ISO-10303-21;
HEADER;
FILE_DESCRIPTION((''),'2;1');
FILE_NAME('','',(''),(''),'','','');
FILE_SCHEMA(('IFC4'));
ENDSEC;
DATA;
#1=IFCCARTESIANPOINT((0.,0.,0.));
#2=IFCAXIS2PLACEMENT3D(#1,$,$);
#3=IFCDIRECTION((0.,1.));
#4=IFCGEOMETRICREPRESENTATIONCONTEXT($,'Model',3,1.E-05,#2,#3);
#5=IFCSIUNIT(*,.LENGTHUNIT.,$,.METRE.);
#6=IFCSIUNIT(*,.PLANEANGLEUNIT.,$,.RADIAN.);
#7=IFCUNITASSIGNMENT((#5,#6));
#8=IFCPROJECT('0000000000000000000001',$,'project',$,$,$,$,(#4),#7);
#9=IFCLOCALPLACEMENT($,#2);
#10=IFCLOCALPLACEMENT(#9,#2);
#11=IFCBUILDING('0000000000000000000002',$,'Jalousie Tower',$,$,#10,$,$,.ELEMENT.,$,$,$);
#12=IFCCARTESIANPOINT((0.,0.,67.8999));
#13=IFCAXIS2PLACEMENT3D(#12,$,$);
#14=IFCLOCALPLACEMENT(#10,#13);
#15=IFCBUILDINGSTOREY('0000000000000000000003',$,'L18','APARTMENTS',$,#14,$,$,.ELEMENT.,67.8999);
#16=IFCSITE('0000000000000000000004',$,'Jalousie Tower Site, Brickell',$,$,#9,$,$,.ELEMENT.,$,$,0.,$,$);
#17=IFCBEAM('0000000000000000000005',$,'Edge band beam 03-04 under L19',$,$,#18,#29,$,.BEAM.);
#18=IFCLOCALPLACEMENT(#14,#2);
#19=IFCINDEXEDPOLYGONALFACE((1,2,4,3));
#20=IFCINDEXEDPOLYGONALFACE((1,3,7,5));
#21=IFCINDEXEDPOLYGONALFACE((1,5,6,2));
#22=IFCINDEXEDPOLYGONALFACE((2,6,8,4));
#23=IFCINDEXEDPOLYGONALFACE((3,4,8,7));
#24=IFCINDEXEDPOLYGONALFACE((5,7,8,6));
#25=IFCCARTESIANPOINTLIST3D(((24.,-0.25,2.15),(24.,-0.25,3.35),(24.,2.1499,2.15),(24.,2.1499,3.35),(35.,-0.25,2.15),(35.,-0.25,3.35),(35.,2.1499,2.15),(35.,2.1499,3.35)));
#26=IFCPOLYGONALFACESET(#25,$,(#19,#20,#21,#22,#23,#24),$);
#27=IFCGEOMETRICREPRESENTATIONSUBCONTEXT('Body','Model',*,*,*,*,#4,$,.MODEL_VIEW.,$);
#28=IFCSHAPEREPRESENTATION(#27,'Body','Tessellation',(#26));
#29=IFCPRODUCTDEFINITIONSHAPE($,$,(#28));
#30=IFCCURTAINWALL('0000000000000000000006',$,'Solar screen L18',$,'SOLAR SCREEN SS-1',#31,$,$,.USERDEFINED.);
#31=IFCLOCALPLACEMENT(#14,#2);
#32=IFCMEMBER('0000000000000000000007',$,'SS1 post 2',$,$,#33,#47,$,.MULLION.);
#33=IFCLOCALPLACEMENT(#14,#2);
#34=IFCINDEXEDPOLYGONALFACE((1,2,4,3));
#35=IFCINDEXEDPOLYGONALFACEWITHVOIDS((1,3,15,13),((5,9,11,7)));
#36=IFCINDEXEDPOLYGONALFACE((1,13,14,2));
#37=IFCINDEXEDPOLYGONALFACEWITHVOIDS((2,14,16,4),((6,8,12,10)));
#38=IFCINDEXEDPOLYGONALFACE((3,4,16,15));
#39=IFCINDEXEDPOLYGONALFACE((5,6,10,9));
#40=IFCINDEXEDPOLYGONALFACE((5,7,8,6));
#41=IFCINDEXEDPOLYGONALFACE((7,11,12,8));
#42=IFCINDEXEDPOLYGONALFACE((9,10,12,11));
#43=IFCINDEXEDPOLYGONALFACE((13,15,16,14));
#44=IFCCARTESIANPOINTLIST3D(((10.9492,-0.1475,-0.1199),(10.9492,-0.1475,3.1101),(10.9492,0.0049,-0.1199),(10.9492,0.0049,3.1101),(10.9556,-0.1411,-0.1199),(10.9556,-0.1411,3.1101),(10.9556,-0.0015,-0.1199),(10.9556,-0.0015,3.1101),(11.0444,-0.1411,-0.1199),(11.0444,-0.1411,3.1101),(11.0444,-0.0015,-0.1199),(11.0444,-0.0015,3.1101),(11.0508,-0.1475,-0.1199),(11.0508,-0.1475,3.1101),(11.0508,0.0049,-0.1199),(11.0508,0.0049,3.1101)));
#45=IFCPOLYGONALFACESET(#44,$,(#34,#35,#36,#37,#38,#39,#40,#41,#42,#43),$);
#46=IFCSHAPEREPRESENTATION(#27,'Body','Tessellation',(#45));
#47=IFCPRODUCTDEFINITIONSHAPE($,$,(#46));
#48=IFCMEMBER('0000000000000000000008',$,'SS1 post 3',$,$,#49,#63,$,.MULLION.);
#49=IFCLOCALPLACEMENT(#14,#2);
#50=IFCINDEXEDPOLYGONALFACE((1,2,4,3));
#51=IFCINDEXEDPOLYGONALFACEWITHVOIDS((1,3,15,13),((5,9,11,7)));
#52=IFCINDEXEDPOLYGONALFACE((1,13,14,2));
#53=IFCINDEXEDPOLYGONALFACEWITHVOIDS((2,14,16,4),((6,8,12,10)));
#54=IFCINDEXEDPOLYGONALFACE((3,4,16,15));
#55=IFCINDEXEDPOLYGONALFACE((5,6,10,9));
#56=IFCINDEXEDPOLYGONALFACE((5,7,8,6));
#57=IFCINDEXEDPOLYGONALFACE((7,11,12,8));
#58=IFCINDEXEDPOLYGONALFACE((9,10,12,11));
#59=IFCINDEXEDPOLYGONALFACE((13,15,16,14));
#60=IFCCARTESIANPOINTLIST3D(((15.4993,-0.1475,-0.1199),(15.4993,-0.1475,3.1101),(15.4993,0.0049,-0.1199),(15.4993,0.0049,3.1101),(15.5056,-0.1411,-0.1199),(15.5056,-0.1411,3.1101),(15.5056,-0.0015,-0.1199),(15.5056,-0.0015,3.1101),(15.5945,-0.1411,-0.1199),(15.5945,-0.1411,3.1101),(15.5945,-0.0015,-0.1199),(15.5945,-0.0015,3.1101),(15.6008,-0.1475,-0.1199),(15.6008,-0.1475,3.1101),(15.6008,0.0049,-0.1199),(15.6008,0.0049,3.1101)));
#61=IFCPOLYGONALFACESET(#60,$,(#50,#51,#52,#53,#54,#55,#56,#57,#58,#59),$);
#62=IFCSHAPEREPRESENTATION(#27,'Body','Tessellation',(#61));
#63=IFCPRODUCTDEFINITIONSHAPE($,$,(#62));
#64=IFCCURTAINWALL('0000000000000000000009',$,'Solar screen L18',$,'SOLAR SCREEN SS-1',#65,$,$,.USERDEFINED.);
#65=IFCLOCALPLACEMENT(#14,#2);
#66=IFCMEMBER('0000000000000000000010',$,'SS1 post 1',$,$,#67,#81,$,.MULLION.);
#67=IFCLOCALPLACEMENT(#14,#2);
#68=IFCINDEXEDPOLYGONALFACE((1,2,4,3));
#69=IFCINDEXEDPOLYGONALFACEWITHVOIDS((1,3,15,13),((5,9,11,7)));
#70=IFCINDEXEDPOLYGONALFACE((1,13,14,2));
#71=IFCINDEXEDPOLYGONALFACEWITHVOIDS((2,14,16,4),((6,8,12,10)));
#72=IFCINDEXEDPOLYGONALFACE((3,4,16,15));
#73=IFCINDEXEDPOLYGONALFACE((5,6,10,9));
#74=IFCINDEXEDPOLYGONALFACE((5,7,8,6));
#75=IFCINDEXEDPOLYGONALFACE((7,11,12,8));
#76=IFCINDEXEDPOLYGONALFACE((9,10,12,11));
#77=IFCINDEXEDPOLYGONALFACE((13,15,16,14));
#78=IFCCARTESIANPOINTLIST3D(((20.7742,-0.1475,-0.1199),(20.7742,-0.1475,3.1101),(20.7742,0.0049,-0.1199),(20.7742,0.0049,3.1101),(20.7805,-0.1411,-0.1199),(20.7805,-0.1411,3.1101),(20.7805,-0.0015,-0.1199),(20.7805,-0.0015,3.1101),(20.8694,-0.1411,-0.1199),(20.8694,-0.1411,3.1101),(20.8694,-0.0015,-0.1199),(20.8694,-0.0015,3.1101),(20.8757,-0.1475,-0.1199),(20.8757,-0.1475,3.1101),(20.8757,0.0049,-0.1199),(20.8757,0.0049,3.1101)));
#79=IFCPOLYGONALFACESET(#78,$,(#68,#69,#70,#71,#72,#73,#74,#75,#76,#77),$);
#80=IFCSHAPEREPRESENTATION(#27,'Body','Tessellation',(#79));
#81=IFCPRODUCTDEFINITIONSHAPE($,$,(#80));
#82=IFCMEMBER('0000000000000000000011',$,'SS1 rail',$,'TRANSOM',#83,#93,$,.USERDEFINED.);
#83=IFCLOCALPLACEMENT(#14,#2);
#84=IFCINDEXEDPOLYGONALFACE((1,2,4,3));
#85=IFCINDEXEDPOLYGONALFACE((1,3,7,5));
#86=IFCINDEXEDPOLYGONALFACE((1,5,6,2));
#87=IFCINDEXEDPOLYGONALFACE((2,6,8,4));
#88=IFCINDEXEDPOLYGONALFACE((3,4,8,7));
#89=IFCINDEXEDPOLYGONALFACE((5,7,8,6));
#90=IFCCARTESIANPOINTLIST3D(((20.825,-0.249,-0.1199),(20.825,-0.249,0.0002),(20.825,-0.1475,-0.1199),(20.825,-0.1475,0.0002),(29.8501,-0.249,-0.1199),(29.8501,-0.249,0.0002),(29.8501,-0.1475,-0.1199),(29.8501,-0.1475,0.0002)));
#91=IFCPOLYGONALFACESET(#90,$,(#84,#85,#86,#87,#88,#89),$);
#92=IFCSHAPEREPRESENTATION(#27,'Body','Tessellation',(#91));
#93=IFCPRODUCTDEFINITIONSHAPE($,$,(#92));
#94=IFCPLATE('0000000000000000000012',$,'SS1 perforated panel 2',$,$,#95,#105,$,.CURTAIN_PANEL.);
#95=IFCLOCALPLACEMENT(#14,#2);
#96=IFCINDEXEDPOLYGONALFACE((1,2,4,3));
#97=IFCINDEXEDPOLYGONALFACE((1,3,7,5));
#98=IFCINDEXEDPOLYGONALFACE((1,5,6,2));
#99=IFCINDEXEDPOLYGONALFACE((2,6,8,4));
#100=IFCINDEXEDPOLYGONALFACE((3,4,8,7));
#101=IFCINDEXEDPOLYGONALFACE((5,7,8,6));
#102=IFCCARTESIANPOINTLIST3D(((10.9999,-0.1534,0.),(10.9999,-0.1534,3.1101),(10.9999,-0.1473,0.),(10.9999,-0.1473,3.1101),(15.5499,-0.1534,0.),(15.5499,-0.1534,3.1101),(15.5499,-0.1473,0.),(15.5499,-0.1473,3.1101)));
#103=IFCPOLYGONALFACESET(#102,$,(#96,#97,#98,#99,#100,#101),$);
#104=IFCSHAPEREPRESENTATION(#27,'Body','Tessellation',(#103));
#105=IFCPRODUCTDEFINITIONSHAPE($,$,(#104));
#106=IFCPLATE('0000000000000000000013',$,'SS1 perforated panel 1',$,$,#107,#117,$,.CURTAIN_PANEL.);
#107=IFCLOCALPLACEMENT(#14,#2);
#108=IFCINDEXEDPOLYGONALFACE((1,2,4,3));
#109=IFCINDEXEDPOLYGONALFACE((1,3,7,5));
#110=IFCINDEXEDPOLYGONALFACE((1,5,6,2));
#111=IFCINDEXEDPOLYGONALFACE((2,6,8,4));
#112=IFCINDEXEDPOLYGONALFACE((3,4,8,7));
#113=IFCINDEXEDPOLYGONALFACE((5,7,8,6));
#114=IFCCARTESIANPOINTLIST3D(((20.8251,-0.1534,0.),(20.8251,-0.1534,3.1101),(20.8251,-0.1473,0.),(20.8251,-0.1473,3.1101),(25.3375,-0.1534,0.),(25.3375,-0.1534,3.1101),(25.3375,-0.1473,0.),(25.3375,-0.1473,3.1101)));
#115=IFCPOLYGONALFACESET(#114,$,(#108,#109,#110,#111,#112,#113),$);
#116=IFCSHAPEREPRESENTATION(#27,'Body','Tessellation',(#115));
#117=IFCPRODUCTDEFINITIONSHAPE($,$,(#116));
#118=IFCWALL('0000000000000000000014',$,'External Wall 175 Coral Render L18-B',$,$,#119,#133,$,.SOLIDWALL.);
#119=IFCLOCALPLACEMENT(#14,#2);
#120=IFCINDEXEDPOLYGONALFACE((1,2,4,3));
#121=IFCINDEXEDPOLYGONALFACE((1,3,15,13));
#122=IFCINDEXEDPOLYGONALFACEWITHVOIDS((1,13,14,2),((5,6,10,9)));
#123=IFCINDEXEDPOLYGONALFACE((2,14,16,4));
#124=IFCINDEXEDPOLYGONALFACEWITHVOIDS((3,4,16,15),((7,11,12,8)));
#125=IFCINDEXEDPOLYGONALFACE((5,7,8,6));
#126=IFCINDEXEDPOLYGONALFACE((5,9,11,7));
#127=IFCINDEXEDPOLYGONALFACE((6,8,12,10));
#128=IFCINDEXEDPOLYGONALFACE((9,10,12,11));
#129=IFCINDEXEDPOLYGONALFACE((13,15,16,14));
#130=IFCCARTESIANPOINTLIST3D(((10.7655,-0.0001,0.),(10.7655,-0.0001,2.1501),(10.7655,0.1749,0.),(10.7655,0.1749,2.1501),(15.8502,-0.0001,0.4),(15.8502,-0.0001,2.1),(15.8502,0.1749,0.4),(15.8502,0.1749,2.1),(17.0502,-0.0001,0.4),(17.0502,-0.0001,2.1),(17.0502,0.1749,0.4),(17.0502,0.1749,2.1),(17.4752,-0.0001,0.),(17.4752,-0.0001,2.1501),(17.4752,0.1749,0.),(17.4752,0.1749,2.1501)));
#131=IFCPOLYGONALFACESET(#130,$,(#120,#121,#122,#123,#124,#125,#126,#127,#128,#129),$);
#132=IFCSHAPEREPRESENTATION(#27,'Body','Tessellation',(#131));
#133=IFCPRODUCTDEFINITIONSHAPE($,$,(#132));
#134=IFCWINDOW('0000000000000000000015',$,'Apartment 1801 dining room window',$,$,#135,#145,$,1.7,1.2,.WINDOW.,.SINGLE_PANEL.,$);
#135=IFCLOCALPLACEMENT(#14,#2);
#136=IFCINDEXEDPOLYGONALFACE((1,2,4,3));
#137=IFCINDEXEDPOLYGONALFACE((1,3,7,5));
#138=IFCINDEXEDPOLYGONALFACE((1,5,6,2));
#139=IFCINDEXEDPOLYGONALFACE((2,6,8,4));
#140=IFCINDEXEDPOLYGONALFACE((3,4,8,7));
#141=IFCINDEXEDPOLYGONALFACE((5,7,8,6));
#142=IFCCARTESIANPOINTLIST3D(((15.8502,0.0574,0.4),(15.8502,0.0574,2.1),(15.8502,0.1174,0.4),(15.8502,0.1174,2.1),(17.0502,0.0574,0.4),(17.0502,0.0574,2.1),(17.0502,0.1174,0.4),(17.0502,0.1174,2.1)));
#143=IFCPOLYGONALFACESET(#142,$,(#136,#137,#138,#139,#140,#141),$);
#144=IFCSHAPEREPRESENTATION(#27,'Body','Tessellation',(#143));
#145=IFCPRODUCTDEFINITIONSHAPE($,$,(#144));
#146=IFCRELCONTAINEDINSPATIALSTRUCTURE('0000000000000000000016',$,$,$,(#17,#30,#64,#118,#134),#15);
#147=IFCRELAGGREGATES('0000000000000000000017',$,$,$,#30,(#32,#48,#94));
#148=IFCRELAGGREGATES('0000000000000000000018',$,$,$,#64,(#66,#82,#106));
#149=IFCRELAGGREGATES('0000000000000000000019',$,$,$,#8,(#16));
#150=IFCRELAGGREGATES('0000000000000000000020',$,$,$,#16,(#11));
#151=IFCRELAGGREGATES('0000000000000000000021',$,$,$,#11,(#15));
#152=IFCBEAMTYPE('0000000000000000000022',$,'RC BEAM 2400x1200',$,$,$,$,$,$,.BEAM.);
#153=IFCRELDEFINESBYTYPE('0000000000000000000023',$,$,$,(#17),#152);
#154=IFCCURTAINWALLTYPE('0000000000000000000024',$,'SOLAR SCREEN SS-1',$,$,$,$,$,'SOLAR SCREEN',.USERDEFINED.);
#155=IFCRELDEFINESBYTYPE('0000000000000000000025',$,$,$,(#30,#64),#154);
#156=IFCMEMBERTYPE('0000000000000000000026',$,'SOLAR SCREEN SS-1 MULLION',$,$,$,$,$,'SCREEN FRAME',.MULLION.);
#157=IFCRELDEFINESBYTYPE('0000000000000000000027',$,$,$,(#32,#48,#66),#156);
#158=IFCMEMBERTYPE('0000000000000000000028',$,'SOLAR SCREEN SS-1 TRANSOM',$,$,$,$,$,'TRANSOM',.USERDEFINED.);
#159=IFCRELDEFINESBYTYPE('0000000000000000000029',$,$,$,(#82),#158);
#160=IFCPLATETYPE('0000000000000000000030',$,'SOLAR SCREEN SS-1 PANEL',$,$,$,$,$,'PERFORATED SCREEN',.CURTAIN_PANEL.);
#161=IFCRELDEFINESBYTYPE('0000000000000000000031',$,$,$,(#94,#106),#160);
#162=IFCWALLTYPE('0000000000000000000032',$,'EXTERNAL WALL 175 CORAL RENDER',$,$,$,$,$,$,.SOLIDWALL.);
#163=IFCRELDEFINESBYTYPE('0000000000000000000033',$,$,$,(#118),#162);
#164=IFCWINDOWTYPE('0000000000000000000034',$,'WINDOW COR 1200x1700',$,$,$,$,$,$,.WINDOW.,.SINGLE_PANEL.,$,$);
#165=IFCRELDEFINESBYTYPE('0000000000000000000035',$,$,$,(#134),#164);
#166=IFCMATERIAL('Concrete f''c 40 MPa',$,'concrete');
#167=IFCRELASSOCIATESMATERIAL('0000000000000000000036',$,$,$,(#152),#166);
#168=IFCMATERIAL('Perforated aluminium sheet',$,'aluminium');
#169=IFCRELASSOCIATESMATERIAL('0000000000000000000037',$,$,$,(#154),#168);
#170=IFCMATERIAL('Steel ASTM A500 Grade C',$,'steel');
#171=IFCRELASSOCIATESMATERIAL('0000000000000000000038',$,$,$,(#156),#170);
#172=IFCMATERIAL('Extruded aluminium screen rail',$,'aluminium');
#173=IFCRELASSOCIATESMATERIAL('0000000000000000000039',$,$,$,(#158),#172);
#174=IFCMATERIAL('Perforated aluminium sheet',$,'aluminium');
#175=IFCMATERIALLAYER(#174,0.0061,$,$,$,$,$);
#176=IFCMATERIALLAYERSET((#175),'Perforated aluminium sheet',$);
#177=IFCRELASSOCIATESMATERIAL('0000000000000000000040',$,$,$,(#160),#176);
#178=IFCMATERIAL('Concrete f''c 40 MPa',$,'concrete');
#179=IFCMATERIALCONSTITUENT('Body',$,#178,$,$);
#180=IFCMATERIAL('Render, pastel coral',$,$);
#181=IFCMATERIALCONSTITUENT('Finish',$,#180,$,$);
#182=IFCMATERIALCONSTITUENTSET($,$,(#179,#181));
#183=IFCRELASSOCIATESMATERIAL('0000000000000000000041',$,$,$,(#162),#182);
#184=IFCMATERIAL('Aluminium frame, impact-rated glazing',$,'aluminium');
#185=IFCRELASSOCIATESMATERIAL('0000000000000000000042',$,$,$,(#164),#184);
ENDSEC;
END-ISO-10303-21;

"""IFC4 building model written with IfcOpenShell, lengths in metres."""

from ifc_helpers import new_model, si_unit, direction, frame, frame_2d, origin, origin_2d, place, context, subcontext, project, spatial, rectangle, hollow_rectangle, extrude, material, layer, layer_set, constituent, constituent_set, material_profile, profile_set, type_object, element, fill, aggregate, save


model = new_model("IFC4")

# Units and contexts
model_context = context("Model", 3, precision=1e-05, world=origin(), true_north=direction((0.0, 1.0)))
body_context = subcontext(model_context, "Body", "Model", "MODEL_VIEW")
ifc_project = project(units=[si_unit("LENGTHUNIT", "METRE"), si_unit("PLANEANGLEUNIT", "RADIAN")], contexts=[model_context])

# Site, building, storey
site_placement = place(None, origin())
site = spatial("IfcSite", under=ifc_project, at=site_placement, Name="Jalousie Tower Site, Brickell", CompositionType="ELEMENT", RefElevation=0.0)
building_placement = place(site_placement, origin())
building = spatial("IfcBuilding", under=site, at=building_placement, Name="Jalousie Tower", CompositionType="ELEMENT")
storey_placement = place(building_placement, frame((0.0, 0.0, 67.8999)))
storey = spatial("IfcBuildingStorey", under=building, at=storey_placement, Name="L18", Description="APARTMENTS", CompositionType="ELEMENT", Elevation=67.8999)

# Beam
ifc_material_1 = material(Name="Concrete f'c 40 MPa", Category="concrete")
ifc_material_profile_1 = material_profile(ifc_material_1, rectangle(XDim=2.3999, YDim=1.2, at=origin_2d()), Name="RC 2400x1200")
ifc_profile_set_1 = profile_set([ifc_material_profile_1], Name="Concrete f'c 40 MPa")
beam_type_1 = type_object("IfcBeamType", Name="RC BEAM 2400x1200", PredefinedType="BEAM", material=ifc_profile_set_1)
for number, where, z_axis, x_axis, name in (
    (1, (24.0, 0.95, 2.75), (1.0, 0.0, 0.0), (0.0, 1.0, 0.0), "Edge band beam 03-04 under L19"),
):
    element("IfcBeam", number, at=place(storey_placement, frame(where, z_axis=z_axis, x_axis=x_axis)), inside=storey, type_object=beam_type_1, Name=name, PredefinedType="BEAM", context=body_context, shape_type="SweptSolid", body=[
        extrude(rectangle(XDim=2.3999, YDim=1.2, at=origin_2d()), origin(), (0.0, 0.0, 1.0), 11.0),
    ])

# Curtain walls, members
ifc_material_2 = material(Name="Perforated aluminium sheet", Category="aluminium")
curtain_wall_type = type_object("IfcCurtainWallType", Name="SOLAR SCREEN SS-1", ElementType="SOLAR SCREEN", PredefinedType="USERDEFINED", material=ifc_material_2)
curtain_wall_1_placement = place(storey_placement, origin())
curtain_wall_1 = element("IfcCurtainWall", 2, at=curtain_wall_1_placement, inside=storey, type_object=curtain_wall_type, Name="Solar screen L18", ObjectType="SOLAR SCREEN SS-1", PredefinedType="USERDEFINED")
ifc_material_3 = material(Name="Steel ASTM A500 Grade C", Category="steel")
ifc_material_profile_2 = material_profile(ifc_material_3, hollow_rectangle(XDim=0.1016, YDim=0.1523, WallThickness=0.0063, at=origin_2d()), Name="HSS6X4X1/4")
ifc_profile_set_2 = profile_set([ifc_material_profile_2], Name="Steel ASTM A500 Grade C")
member_type_1 = type_object("IfcMemberType", Name="SOLAR SCREEN SS-1 MULLION", ElementType="SCREEN FRAME", PredefinedType="MULLION", material=ifc_profile_set_2)
member_1_placement = place(storey_placement, frame((11.0, -0.0713, -0.1199), z_axis=(0.0, 0.0, 1.0), x_axis=(1.0, 0.0, 0.0)))
member_1 = element("IfcMember", 3, at=member_1_placement, type_object=member_type_1, Name="SS1 post 2", PredefinedType="MULLION", context=body_context, shape_type="SweptSolid", body=[
    extrude(hollow_rectangle(XDim=0.1016, YDim=0.1523, WallThickness=0.0063, at=origin_2d()), origin(), (0.0, 0.0, 1.0), 3.23),
])
member_2_placement = place(storey_placement, frame((15.55, -0.0713, -0.1199), z_axis=(0.0, 0.0, 1.0), x_axis=(1.0, 0.0, 0.0)))
member_2 = element("IfcMember", 4, at=member_2_placement, type_object=member_type_1, Name="SS1 post 3", PredefinedType="MULLION", context=body_context, shape_type="SweptSolid", body=[
    extrude(hollow_rectangle(XDim=0.1016, YDim=0.1523, WallThickness=0.0063, at=origin_2d()), origin(), (0.0, 0.0, 1.0), 3.23),
])
curtain_wall_2_placement = place(storey_placement, origin())
curtain_wall_2 = element("IfcCurtainWall", 5, at=curtain_wall_2_placement, inside=storey, type_object=curtain_wall_type, Name="Solar screen L18", ObjectType="SOLAR SCREEN SS-1", PredefinedType="USERDEFINED")
member_3_placement = place(storey_placement, frame((20.825, -0.0713, -0.1199), z_axis=(0.0, 0.0, 1.0), x_axis=(1.0, 0.0, 0.0)))
member_3 = element("IfcMember", 6, at=member_3_placement, type_object=member_type_1, Name="SS1 post 1", PredefinedType="MULLION", context=body_context, shape_type="SweptSolid", body=[
    extrude(hollow_rectangle(XDim=0.1016, YDim=0.1523, WallThickness=0.0063, at=origin_2d()), origin(), (0.0, 0.0, 1.0), 3.23),
])
ifc_material_4 = material(Name="Extruded aluminium screen rail", Category="aluminium")
ifc_material_profile_3 = material_profile(ifc_material_4, rectangle(XDim=0.1016, YDim=0.1201, at=origin_2d()), Name="RAIL 102x120")
ifc_profile_set_3 = profile_set([ifc_material_profile_3], Name="Extruded aluminium screen rail")
member_type_2 = type_object("IfcMemberType", Name="SOLAR SCREEN SS-1 TRANSOM", ElementType="TRANSOM", PredefinedType="USERDEFINED", material=ifc_profile_set_3)
member_4_placement = place(storey_placement, frame((20.825, -0.1982, -0.0598), z_axis=(1.0, 0.0, 0.0), x_axis=(0.0, 1.0, 0.0)))
member_4 = element("IfcMember", 7, at=member_4_placement, type_object=member_type_2, Name="SS1 rail", ObjectType="TRANSOM", PredefinedType="USERDEFINED", context=body_context, shape_type="SweptSolid", body=[
    extrude(rectangle(XDim=0.1016, YDim=0.1201, at=origin_2d()), origin(), (0.0, 0.0, 1.0), 9.0251),
])

# Plates
ifc_material_5 = material(Name="Perforated aluminium sheet", Category="aluminium")
ifc_layer_1 = layer(ifc_material_5, 0.0061)
ifc_layer_set_1 = layer_set([ifc_layer_1], Name="Perforated aluminium sheet")
plate_type = type_object("IfcPlateType", Name="SOLAR SCREEN SS-1 PANEL", ElementType="PERFORATED SCREEN", PredefinedType="CURTAIN_PANEL", material=ifc_layer_set_1)
plate_1_placement = place(storey_placement, frame((13.2749, -0.1504, 0.0), z_axis=(0.0, 0.0, 1.0), x_axis=(1.0, 0.0, 0.0)))
plate_1 = element("IfcPlate", 8, at=plate_1_placement, type_object=plate_type, Name="SS1 perforated panel 2", PredefinedType="CURTAIN_PANEL", context=body_context, shape_type="SweptSolid", body=[
    extrude(rectangle(XDim=4.55, YDim=0.0061, at=origin_2d()), origin(), (0.0, 0.0, 1.0), 3.1101),
])
aggregate(curtain_wall_1, [member_1, member_2, plate_1])
plate_2_placement = place(storey_placement, frame((23.0813, -0.1504, 0.0), z_axis=(0.0, 0.0, 1.0), x_axis=(1.0, 0.0, 0.0)))
plate_2 = element("IfcPlate", 9, at=plate_2_placement, type_object=plate_type, Name="SS1 perforated panel 1", PredefinedType="CURTAIN_PANEL", context=body_context, shape_type="SweptSolid", body=[
    extrude(rectangle(XDim=4.5125, YDim=0.0061, at=origin_2d()), origin(), (0.0, 0.0, 1.0), 3.1101),
])
aggregate(curtain_wall_2, [member_3, member_4, plate_2])

# Wall, opening, window
ifc_material_6 = material(Name="Concrete f'c 40 MPa", Category="concrete")
ifc_constituent_1 = constituent(ifc_material_6, Name="Body")
ifc_material_7 = material(Name="Render, pastel coral")
ifc_constituent_2 = constituent(ifc_material_7, Name="Finish")
ifc_constituent_set_1 = constituent_set(constituents=[ifc_constituent_1, ifc_constituent_2])
wall_type_1 = type_object("IfcWallType", Name="EXTERNAL WALL 175 CORAL RENDER", PredefinedType="SOLIDWALL", material=ifc_constituent_set_1)
wall_1_placement = place(storey_placement, frame((10.7654, 0.0874, 0.0), z_axis=(0.0, 0.0, 1.0), x_axis=(1.0, 0.0, 0.0)))
wall_1 = element("IfcWall", 10, at=wall_1_placement, inside=storey, type_object=wall_type_1, Name="External Wall 175 Coral Render L18-B", PredefinedType="SOLIDWALL", context=body_context, shape_type="SweptSolid", body=[
    extrude(rectangle(XDim=6.7097, YDim=0.175, at=frame_2d((3.355, 0.0))), origin(), (0.0, 0.0, 1.0), 2.1501),
])
opening_1_placement = place(wall_1_placement, frame((5.0847, 0.0, 0.3999)))
opening_1 = element("IfcOpeningElement", 11, at=opening_1_placement, cuts=wall_1, PredefinedType="OPENING", context=body_context, shape_type="SweptSolid", body=[
    extrude(rectangle(XDim=1.2, YDim=1.7, at=frame_2d((0.6001, 0.8501))), frame((0.0, 0.0974, 0.0), z_axis=(0.0, -1.0, 0.0), x_axis=(1.0, 0.0, 0.0)), (0.0, 0.0, 1.0), 0.1951),
])
ifc_material_8 = material(Name="Aluminium frame, impact-rated glazing", Category="aluminium")
window_type_1 = type_object("IfcWindowType", Name="WINDOW COR 1200x1700", PartitioningType="SINGLE_PANEL", PredefinedType="WINDOW", material=ifc_material_8)
window_1_placement = place(opening_1_placement, origin())
window_1 = element("IfcWindow", 12, at=window_1_placement, inside=storey, type_object=window_type_1, Name="Apartment 1801 dining room window", OverallHeight=1.7, OverallWidth=1.2, PartitioningType="SINGLE_PANEL", PredefinedType="WINDOW", context=body_context, shape_type="SweptSolid", body=[
    extrude(rectangle(XDim=1.2, YDim=1.7, at=frame_2d((0.6001, 0.8501))), frame((0.0, 0.03, 0.0), z_axis=(0.0, -1.0, 0.0), x_axis=(1.0, 0.0, 0.0)), (0.0, 0.0, 1.0), 0.0601),
])
fill(opening_1, window_1)

save(model, "model.ifc")
